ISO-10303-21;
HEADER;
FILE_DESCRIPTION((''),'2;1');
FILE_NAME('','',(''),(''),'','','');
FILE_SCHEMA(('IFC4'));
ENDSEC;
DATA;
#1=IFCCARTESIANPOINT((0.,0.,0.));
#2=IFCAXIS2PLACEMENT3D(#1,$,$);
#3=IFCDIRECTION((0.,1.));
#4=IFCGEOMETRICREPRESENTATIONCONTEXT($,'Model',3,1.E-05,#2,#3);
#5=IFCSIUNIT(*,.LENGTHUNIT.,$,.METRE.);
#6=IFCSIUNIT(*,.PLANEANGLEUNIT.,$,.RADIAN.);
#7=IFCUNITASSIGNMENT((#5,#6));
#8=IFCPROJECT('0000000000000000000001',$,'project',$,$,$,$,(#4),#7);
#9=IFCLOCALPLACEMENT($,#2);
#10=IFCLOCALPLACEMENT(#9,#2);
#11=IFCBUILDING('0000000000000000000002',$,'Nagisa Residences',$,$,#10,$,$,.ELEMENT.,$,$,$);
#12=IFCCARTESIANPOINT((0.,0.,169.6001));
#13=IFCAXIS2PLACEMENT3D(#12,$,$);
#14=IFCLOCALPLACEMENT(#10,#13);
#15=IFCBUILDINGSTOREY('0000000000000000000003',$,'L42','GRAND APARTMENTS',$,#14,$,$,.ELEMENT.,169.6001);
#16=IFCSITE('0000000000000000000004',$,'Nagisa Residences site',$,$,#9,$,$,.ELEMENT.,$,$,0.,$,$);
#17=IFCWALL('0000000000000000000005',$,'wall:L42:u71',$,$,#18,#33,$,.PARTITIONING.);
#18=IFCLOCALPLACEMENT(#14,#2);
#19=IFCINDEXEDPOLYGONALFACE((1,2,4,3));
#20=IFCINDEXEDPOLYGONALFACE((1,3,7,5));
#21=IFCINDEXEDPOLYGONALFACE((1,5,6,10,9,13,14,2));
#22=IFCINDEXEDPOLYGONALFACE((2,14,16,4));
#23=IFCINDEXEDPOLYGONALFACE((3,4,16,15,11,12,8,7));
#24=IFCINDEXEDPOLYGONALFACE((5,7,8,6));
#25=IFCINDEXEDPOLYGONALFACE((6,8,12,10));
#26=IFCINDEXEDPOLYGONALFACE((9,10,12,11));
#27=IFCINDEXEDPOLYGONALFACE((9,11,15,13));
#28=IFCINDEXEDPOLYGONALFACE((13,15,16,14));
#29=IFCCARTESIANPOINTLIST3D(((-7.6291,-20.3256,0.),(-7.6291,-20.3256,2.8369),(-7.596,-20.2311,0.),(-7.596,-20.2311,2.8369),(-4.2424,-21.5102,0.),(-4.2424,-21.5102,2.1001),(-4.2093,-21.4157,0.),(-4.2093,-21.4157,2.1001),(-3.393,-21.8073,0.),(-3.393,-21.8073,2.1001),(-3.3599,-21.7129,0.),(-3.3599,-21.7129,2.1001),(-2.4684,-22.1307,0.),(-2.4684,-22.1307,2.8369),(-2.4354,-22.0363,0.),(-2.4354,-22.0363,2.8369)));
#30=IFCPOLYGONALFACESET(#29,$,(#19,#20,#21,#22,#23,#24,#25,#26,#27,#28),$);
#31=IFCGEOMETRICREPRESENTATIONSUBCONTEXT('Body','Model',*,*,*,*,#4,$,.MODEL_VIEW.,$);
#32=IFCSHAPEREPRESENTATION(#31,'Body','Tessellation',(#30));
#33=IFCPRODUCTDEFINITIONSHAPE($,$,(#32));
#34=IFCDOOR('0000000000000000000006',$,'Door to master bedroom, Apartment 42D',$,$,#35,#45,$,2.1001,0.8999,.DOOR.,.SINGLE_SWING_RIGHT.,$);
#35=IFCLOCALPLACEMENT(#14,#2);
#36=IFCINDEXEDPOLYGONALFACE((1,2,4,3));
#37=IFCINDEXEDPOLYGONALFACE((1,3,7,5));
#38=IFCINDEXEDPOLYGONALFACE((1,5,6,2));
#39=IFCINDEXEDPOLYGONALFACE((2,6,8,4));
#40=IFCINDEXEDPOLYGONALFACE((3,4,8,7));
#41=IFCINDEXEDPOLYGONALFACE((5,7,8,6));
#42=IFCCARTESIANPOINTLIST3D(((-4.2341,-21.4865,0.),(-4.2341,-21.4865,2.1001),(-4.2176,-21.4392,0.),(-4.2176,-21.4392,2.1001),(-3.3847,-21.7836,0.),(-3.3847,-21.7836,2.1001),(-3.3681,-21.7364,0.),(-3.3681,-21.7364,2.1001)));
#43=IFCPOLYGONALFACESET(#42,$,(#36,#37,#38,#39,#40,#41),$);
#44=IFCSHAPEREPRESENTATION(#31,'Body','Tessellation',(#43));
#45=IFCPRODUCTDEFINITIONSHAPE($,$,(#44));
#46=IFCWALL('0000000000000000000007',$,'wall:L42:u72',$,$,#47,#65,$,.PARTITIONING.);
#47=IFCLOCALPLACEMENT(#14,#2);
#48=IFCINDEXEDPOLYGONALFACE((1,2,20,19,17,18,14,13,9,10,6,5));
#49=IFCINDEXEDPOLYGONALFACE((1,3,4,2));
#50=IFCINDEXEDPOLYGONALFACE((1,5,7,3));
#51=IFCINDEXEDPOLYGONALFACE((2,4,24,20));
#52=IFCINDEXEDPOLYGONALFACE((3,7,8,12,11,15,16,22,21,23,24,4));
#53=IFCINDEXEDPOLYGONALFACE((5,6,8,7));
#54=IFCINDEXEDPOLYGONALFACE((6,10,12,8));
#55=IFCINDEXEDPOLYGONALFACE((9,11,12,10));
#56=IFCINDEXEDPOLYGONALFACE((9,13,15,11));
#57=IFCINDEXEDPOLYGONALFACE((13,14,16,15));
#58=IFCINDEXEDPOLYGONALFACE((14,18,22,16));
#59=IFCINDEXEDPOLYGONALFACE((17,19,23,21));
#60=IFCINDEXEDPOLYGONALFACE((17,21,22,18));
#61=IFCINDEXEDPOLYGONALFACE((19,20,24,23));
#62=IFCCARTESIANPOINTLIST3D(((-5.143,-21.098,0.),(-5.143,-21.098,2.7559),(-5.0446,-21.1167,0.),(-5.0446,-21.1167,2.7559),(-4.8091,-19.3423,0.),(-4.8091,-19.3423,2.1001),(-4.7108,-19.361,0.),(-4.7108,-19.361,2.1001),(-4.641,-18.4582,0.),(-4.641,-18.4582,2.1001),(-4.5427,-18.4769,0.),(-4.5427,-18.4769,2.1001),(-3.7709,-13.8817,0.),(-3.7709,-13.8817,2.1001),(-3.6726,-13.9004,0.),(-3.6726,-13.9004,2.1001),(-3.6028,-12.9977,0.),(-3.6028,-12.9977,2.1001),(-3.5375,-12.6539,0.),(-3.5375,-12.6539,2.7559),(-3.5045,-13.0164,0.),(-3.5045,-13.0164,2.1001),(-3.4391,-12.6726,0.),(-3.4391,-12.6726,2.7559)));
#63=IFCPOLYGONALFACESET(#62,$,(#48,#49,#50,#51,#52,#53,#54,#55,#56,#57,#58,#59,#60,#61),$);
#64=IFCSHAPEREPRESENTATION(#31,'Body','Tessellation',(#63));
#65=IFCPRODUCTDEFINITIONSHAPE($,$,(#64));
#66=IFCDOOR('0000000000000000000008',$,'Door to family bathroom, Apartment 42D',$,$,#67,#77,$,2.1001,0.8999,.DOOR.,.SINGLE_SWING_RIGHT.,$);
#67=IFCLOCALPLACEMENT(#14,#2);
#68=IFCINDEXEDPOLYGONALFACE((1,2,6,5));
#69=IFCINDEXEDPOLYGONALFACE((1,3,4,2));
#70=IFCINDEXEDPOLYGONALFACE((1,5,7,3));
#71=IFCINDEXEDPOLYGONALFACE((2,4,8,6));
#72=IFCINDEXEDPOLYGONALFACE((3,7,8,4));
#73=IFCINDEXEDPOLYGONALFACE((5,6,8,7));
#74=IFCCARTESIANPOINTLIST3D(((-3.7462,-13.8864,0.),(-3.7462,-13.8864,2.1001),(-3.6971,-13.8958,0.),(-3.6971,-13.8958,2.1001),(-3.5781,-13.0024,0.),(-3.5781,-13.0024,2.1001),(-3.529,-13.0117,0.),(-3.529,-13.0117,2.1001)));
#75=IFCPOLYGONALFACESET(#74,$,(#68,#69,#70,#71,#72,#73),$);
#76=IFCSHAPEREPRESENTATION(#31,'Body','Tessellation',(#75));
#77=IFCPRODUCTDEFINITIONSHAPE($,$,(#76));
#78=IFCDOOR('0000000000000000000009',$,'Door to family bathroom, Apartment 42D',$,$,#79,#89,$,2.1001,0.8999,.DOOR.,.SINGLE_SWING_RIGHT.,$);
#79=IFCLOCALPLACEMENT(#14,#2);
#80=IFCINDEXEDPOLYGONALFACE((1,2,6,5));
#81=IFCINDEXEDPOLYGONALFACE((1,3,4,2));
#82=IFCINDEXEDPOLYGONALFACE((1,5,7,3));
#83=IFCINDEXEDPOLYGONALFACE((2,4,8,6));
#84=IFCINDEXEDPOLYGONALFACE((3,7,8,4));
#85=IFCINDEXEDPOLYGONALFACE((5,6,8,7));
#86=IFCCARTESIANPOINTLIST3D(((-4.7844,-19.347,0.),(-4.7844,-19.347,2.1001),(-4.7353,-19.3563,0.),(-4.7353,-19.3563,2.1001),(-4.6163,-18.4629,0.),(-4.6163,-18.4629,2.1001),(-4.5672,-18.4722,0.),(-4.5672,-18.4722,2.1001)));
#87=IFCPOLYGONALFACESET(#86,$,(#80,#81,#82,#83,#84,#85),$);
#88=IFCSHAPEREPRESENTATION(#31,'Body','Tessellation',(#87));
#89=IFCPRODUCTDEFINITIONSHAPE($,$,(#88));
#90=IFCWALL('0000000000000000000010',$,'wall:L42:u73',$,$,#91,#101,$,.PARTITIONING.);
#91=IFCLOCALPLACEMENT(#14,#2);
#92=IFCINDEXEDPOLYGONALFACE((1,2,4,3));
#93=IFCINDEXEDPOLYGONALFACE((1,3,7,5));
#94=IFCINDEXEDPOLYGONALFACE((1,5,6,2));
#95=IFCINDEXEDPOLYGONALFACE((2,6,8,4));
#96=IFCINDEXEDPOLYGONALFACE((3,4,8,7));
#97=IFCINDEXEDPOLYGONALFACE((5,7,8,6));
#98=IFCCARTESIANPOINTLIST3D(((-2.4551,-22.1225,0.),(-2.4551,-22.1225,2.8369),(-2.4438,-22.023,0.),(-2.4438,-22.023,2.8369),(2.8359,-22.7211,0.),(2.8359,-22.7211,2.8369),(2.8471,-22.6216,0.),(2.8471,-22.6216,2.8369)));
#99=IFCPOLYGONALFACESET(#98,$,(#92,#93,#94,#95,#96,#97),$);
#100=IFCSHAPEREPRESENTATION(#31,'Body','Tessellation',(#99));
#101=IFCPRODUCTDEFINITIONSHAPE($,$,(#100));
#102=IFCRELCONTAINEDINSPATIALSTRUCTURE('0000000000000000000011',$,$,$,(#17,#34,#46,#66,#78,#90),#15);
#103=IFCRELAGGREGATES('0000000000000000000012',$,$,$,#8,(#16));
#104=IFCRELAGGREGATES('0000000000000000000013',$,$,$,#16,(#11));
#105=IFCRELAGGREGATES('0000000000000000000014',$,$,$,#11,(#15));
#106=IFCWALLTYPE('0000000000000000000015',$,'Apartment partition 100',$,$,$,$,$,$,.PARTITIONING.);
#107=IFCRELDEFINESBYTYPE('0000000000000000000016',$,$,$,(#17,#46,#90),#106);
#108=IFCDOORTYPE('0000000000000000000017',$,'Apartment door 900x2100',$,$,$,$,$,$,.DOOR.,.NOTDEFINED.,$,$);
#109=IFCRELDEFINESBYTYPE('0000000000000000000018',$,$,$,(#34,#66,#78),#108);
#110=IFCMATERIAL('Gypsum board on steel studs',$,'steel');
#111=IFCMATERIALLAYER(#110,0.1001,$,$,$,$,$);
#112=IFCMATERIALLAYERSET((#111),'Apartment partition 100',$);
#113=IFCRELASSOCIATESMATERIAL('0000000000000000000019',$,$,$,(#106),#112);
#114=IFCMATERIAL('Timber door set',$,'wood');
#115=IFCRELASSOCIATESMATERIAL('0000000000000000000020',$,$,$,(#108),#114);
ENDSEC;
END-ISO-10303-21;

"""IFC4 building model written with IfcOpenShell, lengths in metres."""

from ifc_helpers import new_model, si_unit, direction, frame, frame_2d, origin, place, context, subcontext, project, spatial, rectangle, extrude, material, layer, layer_set, type_object, element, fill, save


model = new_model("IFC4")

# Units and contexts
model_context = context("Model", 3, precision=1e-05, world=origin(), true_north=direction((0.0, 1.0)))
body_context = subcontext(model_context, "Body", "Model", "MODEL_VIEW")
ifc_project = project(units=[si_unit("LENGTHUNIT", "METRE"), si_unit("PLANEANGLEUNIT", "RADIAN")], contexts=[model_context])

# Site, building, storey
site_placement = place(None, origin())
site = spatial("IfcSite", under=ifc_project, at=site_placement, Name="Nagisa Residences site", CompositionType="ELEMENT", RefElevation=0.0)
building_placement = place(site_placement, origin())
building = spatial("IfcBuilding", under=site, at=building_placement, Name="Nagisa Residences", CompositionType="ELEMENT")
storey_placement = place(building_placement, frame((0.0, 0.0, 169.6001)))
storey = spatial("IfcBuildingStorey", under=building, at=storey_placement, Name="L42", Description="GRAND APARTMENTS", CompositionType="ELEMENT", Elevation=169.6001)

# Shared definitions
ifc_material_1 = material(Name="Gypsum board on steel studs", Category="steel")
ifc_layer_1 = layer(ifc_material_1, 0.1001)
ifc_layer_set_1 = layer_set([ifc_layer_1], Name="Apartment partition 100")
wall_type_1 = type_object("IfcWallType", Name="Apartment partition 100", PredefinedType="PARTITIONING", material=ifc_layer_set_1)
ifc_material_2 = material(Name="Timber door set", Category="wood")
door_type_1 = type_object("IfcDoorType", Name="Apartment door 900x2100", OperationType="NOTDEFINED", PredefinedType="DOOR", material=ifc_material_2)

# Wall, opening, door
wall_1_placement = place(storey_placement, frame((-7.6125, -20.2783, 0.0), z_axis=(0.0, 0.0, 1.0), x_axis=(0.943918, -0.330179, 0.0)))
wall_1 = element("IfcWall", 1, at=wall_1_placement, inside=storey, type_object=wall_type_1, Name="wall:L42:u71", PredefinedType="PARTITIONING", context=body_context, shape_type="SweptSolid", body=[
    extrude(rectangle(XDim=5.4673, YDim=0.1001, at=frame_2d((2.7336, 0.0))), origin(), (0.0, 0.0, 1.0), 2.8369),
])
opening_1_placement = place(wall_1_placement, frame((3.5879, 0.0, 0.0)))
opening_1 = element("IfcOpeningElement", 2, at=opening_1_placement, cuts=wall_1, PredefinedType="OPENING", context=body_context, shape_type="SweptSolid", body=[
    extrude(rectangle(XDim=0.8999, YDim=2.1001, at=frame_2d((0.45, 1.05))), frame((0.0, 0.0601, 0.0), z_axis=(0.0, -1.0, 0.0), x_axis=(1.0, 0.0, 0.0)), (0.0, 0.0, 1.0), 0.1201),
])
door_1_placement = place(opening_1_placement, frame((0.8999, 0.0, 0.0), x_axis=(-1.0, 0.0, 0.0)))
door_1 = element("IfcDoor", 3, at=door_1_placement, inside=storey, type_object=door_type_1, Name="Door to master bedroom, Apartment 42D", OperationType="SINGLE_SWING_RIGHT", OverallHeight=2.1001, OverallWidth=0.8999, PredefinedType="DOOR", context=body_context, shape_type="SweptSolid", body=[
    extrude(rectangle(XDim=0.8999, YDim=2.1001, at=frame_2d((0.45, 1.05))), frame((0.0, 0.0249, 0.0), z_axis=(0.0, -1.0, 0.0), x_axis=(1.0, 0.0, 0.0)), (0.0, 0.0, 1.0), 0.05),
])
fill(opening_1, door_1)

# Wall, openings, doors
wall_2_placement = place(storey_placement, frame((-3.4883, -12.6631, 0.0), z_axis=(0.0, 0.0, 1.0), x_axis=(-0.186783, -0.982401, 0.0)))
wall_2 = element("IfcWall", 4, at=wall_2_placement, inside=storey, type_object=wall_type_1, Name="wall:L42:u72", PredefinedType="PARTITIONING", context=body_context, shape_type="SweptSolid", body=[
    extrude(rectangle(XDim=8.5955, YDim=0.1001, at=frame_2d((4.2979, 0.0))), origin(), (0.0, 0.0, 1.0), 2.7559),
])
opening_2_placement = place(wall_2_placement, frame((0.3501, 0.0, 0.0)))
opening_2 = element("IfcOpeningElement", 5, at=opening_2_placement, cuts=wall_2, PredefinedType="OPENING", context=body_context, shape_type="SweptSolid", body=[
    extrude(rectangle(XDim=0.8999, YDim=2.1001, at=frame_2d((0.45, 1.05))), frame((0.0, 0.0601, 0.0), z_axis=(0.0, -1.0, 0.0), x_axis=(1.0, 0.0, 0.0)), (0.0, 0.0, 1.0), 0.1201),
])
opening_3_placement = place(wall_2_placement, frame((5.9084, 0.0, 0.0)))
opening_3 = element("IfcOpeningElement", 6, at=opening_3_placement, cuts=wall_2, PredefinedType="OPENING", context=body_context, shape_type="SweptSolid", body=[
    extrude(rectangle(XDim=0.8999, YDim=2.1001, at=frame_2d((0.45, 1.05))), frame((0.0, 0.0601, 0.0), z_axis=(0.0, -1.0, 0.0), x_axis=(1.0, 0.0, 0.0)), (0.0, 0.0, 1.0), 0.1201),
])
door_2_placement = place(opening_2_placement, frame((0.8999, 0.0, 0.0), x_axis=(-1.0, 0.0, 0.0)))
door_2 = element("IfcDoor", 7, at=door_2_placement, inside=storey, type_object=door_type_1, Name="Door to family bathroom, Apartment 42D", OperationType="SINGLE_SWING_RIGHT", OverallHeight=2.1001, OverallWidth=0.8999, PredefinedType="DOOR", context=body_context, shape_type="SweptSolid", body=[
    extrude(rectangle(XDim=0.8999, YDim=2.1001, at=frame_2d((0.45, 1.05))), frame((0.0, 0.0249, 0.0), z_axis=(0.0, -1.0, 0.0), x_axis=(1.0, 0.0, 0.0)), (0.0, 0.0, 1.0), 0.05),
])
fill(opening_2, door_2)
door_3_placement = place(opening_3_placement, frame((0.8999, 0.0, 0.0), x_axis=(-1.0, 0.0, 0.0)))
door_3 = element("IfcDoor", 8, at=door_3_placement, inside=storey, type_object=door_type_1, Name="Door to family bathroom, Apartment 42D", OperationType="SINGLE_SWING_RIGHT", OverallHeight=2.1001, OverallWidth=0.8999, PredefinedType="DOOR", context=body_context, shape_type="SweptSolid", body=[
    extrude(rectangle(XDim=0.8999, YDim=2.1001, at=frame_2d((0.45, 1.05))), frame((0.0, 0.0249, 0.0), z_axis=(0.0, -1.0, 0.0), x_axis=(1.0, 0.0, 0.0)), (0.0, 0.0, 1.0), 0.05),
])
fill(opening_3, door_3)

# Wall
wall_3_placement = place(storey_placement, frame((-2.4495, -22.0728, 0.0), z_axis=(0.0, 0.0, 1.0), x_axis=(0.99366, -0.112424, 0.0)))
element("IfcWall", 9, at=wall_3_placement, inside=storey, type_object=wall_type_1, Name="wall:L42:u73", PredefinedType="PARTITIONING", context=body_context, shape_type="SweptSolid", body=[
    extrude(rectangle(XDim=5.3247, YDim=0.1001, at=frame_2d((2.6624, 0.0))), origin(), (0.0, 0.0, 1.0), 2.8369),
])

save(model, "model.ifc")
